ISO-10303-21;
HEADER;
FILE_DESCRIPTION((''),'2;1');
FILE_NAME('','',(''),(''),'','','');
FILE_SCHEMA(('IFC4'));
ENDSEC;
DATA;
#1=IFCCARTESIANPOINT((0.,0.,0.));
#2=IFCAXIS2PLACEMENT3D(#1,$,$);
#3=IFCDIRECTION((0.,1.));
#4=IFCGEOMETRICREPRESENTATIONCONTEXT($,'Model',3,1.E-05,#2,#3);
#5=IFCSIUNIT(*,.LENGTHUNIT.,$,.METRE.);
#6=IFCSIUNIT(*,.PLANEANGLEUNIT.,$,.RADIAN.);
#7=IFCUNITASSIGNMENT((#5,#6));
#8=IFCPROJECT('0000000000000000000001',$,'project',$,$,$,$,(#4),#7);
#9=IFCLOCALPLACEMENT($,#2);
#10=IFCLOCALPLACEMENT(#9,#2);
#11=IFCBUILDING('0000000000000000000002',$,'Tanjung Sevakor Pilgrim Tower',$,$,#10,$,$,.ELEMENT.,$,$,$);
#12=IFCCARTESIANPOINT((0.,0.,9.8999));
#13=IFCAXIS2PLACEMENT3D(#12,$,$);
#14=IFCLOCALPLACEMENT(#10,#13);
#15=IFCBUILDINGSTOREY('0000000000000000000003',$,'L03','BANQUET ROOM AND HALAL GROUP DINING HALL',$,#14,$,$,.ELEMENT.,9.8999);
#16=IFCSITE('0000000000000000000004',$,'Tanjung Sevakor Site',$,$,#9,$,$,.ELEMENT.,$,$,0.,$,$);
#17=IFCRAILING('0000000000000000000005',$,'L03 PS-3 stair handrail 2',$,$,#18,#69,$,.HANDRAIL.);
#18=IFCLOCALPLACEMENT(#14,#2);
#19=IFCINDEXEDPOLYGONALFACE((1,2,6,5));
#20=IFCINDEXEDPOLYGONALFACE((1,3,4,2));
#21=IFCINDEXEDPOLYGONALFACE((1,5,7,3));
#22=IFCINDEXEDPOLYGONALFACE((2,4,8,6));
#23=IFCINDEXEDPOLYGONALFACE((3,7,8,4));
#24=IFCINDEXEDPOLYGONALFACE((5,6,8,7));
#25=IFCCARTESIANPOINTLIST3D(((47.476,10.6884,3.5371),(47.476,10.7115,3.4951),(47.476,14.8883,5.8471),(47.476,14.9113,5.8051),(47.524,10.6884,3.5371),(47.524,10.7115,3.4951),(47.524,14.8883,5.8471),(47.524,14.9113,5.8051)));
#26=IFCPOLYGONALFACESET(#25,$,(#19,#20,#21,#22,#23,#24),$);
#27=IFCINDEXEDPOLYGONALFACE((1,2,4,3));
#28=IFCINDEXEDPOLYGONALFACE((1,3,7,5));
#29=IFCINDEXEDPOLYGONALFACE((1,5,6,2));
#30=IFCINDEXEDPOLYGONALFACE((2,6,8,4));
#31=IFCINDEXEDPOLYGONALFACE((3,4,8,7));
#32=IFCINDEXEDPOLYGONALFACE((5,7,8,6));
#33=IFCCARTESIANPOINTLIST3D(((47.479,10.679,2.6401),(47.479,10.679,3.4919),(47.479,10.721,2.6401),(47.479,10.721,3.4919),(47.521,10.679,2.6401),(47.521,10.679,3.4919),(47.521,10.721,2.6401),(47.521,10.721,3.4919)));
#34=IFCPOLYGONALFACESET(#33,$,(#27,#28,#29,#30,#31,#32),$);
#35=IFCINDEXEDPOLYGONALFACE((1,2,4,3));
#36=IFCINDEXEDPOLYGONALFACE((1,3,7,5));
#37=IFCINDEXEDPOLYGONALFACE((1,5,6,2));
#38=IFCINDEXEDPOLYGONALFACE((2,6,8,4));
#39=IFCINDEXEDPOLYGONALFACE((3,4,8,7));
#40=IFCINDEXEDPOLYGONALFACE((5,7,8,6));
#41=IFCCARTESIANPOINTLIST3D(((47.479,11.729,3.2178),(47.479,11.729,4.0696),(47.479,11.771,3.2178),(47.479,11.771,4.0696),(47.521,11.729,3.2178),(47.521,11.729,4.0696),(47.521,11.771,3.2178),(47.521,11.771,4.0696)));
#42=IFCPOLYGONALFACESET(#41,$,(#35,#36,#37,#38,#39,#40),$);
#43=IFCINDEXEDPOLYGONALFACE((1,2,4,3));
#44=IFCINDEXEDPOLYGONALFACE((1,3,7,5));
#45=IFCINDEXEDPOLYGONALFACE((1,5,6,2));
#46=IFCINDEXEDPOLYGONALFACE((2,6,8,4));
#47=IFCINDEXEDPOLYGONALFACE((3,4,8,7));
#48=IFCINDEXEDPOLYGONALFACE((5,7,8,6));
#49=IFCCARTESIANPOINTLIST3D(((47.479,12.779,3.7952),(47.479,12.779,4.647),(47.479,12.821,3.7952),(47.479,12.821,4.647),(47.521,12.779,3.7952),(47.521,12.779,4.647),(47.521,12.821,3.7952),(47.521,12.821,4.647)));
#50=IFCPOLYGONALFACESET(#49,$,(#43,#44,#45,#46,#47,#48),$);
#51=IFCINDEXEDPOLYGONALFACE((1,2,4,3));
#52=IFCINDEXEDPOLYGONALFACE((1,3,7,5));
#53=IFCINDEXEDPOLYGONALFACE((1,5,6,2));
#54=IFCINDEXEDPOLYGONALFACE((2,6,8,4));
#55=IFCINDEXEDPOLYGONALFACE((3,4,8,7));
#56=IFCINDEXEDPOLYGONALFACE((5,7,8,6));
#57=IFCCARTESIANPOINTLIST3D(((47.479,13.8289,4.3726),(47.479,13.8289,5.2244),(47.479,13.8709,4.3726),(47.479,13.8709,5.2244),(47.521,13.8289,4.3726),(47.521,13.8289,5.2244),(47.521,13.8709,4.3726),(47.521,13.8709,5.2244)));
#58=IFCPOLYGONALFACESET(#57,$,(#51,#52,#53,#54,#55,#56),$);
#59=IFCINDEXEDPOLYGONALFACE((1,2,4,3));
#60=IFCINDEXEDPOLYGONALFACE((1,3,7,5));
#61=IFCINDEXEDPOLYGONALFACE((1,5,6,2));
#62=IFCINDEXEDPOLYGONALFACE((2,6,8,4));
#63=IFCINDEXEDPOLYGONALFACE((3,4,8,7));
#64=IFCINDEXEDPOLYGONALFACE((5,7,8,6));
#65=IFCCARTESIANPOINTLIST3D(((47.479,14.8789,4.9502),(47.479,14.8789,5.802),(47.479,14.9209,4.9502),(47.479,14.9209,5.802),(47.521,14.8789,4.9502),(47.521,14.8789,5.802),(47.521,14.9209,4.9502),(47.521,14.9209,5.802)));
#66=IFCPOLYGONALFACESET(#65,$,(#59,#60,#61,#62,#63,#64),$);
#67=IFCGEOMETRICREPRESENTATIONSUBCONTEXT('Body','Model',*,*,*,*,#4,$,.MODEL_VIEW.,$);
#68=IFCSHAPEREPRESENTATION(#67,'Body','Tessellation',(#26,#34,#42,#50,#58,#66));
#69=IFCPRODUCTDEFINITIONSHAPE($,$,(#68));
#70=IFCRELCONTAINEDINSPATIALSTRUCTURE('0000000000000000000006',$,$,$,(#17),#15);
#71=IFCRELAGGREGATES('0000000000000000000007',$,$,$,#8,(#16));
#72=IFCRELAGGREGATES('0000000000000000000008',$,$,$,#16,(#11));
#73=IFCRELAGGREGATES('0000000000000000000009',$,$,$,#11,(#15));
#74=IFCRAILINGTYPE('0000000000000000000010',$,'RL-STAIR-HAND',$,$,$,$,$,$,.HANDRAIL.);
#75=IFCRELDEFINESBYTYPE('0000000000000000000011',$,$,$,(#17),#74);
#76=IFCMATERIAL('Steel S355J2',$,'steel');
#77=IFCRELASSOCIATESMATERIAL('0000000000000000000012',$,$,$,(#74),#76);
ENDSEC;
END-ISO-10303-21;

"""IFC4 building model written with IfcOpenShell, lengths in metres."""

from ifc_helpers import new_model, si_unit, direction, frame, origin, place, context, subcontext, project, spatial, rectangle, extrude, material, type_object, element, save


model = new_model("IFC4")

# Units and contexts
model_context = context("Model", 3, precision=1e-05, world=origin(), true_north=direction((0.0, 1.0)))
body_context = subcontext(model_context, "Body", "Model", "MODEL_VIEW")
ifc_project = project(units=[si_unit("LENGTHUNIT", "METRE"), si_unit("PLANEANGLEUNIT", "RADIAN")], contexts=[model_context])

# Site, building, storey
site_placement = place(None, origin())
site = spatial("IfcSite", under=ifc_project, at=site_placement, Name="Tanjung Sevakor Site", CompositionType="ELEMENT", RefElevation=0.0)
building_placement = place(site_placement, origin())
building = spatial("IfcBuilding", under=site, at=building_placement, Name="Tanjung Sevakor Pilgrim Tower", CompositionType="ELEMENT")
storey_placement = place(building_placement, frame((0.0, 0.0, 9.8999)))
storey = spatial("IfcBuildingStorey", under=building, at=storey_placement, Name="L03", Description="BANQUET ROOM AND HALAL GROUP DINING HALL", CompositionType="ELEMENT", Elevation=9.8999)

# Railing
ifc_material_1 = material(Name="Steel S355J2", Category="steel")
railing_type_1 = type_object("IfcRailingType", Name="RL-STAIR-HAND", PredefinedType="HANDRAIL", material=ifc_material_1)
railing_1_placement = place(storey_placement, frame((47.5, 10.7, 2.6401)))
element("IfcRailing", 1, at=railing_1_placement, inside=storey, type_object=railing_type_1, Name="L03 PS-3 stair handrail 2", PredefinedType="HANDRAIL", context=body_context, shape_type="SweptSolid", body=[
    extrude(rectangle(XDim=0.0479, YDim=0.0479), frame((0.0, 0.0, 0.876), z_axis=(0.0, 0.876208, 0.481932), x_axis=(-1.0, 0.0, 0.0)), (0.0, 0.0, 1.0), 4.7932),
    extrude(rectangle(XDim=0.042, YDim=0.042), origin(), (0.0, 0.0, 1.0), 0.8518),
    extrude(rectangle(XDim=0.042, YDim=0.042), frame((0.0, 1.05, 0.5776)), (0.0, 0.0, 1.0), 0.8518),
    extrude(rectangle(XDim=0.042, YDim=0.042), frame((0.0, 2.1001, 1.155)), (0.0, 0.0, 1.0), 0.8518),
    extrude(rectangle(XDim=0.042, YDim=0.042), frame((0.0, 3.1499, 1.7324)), (0.0, 0.0, 1.0), 0.8518),
    extrude(rectangle(XDim=0.042, YDim=0.042), frame((0.0, 4.2, 2.3101)), (0.0, 0.0, 1.0), 0.8518),
])

save(model, "model.ifc")
